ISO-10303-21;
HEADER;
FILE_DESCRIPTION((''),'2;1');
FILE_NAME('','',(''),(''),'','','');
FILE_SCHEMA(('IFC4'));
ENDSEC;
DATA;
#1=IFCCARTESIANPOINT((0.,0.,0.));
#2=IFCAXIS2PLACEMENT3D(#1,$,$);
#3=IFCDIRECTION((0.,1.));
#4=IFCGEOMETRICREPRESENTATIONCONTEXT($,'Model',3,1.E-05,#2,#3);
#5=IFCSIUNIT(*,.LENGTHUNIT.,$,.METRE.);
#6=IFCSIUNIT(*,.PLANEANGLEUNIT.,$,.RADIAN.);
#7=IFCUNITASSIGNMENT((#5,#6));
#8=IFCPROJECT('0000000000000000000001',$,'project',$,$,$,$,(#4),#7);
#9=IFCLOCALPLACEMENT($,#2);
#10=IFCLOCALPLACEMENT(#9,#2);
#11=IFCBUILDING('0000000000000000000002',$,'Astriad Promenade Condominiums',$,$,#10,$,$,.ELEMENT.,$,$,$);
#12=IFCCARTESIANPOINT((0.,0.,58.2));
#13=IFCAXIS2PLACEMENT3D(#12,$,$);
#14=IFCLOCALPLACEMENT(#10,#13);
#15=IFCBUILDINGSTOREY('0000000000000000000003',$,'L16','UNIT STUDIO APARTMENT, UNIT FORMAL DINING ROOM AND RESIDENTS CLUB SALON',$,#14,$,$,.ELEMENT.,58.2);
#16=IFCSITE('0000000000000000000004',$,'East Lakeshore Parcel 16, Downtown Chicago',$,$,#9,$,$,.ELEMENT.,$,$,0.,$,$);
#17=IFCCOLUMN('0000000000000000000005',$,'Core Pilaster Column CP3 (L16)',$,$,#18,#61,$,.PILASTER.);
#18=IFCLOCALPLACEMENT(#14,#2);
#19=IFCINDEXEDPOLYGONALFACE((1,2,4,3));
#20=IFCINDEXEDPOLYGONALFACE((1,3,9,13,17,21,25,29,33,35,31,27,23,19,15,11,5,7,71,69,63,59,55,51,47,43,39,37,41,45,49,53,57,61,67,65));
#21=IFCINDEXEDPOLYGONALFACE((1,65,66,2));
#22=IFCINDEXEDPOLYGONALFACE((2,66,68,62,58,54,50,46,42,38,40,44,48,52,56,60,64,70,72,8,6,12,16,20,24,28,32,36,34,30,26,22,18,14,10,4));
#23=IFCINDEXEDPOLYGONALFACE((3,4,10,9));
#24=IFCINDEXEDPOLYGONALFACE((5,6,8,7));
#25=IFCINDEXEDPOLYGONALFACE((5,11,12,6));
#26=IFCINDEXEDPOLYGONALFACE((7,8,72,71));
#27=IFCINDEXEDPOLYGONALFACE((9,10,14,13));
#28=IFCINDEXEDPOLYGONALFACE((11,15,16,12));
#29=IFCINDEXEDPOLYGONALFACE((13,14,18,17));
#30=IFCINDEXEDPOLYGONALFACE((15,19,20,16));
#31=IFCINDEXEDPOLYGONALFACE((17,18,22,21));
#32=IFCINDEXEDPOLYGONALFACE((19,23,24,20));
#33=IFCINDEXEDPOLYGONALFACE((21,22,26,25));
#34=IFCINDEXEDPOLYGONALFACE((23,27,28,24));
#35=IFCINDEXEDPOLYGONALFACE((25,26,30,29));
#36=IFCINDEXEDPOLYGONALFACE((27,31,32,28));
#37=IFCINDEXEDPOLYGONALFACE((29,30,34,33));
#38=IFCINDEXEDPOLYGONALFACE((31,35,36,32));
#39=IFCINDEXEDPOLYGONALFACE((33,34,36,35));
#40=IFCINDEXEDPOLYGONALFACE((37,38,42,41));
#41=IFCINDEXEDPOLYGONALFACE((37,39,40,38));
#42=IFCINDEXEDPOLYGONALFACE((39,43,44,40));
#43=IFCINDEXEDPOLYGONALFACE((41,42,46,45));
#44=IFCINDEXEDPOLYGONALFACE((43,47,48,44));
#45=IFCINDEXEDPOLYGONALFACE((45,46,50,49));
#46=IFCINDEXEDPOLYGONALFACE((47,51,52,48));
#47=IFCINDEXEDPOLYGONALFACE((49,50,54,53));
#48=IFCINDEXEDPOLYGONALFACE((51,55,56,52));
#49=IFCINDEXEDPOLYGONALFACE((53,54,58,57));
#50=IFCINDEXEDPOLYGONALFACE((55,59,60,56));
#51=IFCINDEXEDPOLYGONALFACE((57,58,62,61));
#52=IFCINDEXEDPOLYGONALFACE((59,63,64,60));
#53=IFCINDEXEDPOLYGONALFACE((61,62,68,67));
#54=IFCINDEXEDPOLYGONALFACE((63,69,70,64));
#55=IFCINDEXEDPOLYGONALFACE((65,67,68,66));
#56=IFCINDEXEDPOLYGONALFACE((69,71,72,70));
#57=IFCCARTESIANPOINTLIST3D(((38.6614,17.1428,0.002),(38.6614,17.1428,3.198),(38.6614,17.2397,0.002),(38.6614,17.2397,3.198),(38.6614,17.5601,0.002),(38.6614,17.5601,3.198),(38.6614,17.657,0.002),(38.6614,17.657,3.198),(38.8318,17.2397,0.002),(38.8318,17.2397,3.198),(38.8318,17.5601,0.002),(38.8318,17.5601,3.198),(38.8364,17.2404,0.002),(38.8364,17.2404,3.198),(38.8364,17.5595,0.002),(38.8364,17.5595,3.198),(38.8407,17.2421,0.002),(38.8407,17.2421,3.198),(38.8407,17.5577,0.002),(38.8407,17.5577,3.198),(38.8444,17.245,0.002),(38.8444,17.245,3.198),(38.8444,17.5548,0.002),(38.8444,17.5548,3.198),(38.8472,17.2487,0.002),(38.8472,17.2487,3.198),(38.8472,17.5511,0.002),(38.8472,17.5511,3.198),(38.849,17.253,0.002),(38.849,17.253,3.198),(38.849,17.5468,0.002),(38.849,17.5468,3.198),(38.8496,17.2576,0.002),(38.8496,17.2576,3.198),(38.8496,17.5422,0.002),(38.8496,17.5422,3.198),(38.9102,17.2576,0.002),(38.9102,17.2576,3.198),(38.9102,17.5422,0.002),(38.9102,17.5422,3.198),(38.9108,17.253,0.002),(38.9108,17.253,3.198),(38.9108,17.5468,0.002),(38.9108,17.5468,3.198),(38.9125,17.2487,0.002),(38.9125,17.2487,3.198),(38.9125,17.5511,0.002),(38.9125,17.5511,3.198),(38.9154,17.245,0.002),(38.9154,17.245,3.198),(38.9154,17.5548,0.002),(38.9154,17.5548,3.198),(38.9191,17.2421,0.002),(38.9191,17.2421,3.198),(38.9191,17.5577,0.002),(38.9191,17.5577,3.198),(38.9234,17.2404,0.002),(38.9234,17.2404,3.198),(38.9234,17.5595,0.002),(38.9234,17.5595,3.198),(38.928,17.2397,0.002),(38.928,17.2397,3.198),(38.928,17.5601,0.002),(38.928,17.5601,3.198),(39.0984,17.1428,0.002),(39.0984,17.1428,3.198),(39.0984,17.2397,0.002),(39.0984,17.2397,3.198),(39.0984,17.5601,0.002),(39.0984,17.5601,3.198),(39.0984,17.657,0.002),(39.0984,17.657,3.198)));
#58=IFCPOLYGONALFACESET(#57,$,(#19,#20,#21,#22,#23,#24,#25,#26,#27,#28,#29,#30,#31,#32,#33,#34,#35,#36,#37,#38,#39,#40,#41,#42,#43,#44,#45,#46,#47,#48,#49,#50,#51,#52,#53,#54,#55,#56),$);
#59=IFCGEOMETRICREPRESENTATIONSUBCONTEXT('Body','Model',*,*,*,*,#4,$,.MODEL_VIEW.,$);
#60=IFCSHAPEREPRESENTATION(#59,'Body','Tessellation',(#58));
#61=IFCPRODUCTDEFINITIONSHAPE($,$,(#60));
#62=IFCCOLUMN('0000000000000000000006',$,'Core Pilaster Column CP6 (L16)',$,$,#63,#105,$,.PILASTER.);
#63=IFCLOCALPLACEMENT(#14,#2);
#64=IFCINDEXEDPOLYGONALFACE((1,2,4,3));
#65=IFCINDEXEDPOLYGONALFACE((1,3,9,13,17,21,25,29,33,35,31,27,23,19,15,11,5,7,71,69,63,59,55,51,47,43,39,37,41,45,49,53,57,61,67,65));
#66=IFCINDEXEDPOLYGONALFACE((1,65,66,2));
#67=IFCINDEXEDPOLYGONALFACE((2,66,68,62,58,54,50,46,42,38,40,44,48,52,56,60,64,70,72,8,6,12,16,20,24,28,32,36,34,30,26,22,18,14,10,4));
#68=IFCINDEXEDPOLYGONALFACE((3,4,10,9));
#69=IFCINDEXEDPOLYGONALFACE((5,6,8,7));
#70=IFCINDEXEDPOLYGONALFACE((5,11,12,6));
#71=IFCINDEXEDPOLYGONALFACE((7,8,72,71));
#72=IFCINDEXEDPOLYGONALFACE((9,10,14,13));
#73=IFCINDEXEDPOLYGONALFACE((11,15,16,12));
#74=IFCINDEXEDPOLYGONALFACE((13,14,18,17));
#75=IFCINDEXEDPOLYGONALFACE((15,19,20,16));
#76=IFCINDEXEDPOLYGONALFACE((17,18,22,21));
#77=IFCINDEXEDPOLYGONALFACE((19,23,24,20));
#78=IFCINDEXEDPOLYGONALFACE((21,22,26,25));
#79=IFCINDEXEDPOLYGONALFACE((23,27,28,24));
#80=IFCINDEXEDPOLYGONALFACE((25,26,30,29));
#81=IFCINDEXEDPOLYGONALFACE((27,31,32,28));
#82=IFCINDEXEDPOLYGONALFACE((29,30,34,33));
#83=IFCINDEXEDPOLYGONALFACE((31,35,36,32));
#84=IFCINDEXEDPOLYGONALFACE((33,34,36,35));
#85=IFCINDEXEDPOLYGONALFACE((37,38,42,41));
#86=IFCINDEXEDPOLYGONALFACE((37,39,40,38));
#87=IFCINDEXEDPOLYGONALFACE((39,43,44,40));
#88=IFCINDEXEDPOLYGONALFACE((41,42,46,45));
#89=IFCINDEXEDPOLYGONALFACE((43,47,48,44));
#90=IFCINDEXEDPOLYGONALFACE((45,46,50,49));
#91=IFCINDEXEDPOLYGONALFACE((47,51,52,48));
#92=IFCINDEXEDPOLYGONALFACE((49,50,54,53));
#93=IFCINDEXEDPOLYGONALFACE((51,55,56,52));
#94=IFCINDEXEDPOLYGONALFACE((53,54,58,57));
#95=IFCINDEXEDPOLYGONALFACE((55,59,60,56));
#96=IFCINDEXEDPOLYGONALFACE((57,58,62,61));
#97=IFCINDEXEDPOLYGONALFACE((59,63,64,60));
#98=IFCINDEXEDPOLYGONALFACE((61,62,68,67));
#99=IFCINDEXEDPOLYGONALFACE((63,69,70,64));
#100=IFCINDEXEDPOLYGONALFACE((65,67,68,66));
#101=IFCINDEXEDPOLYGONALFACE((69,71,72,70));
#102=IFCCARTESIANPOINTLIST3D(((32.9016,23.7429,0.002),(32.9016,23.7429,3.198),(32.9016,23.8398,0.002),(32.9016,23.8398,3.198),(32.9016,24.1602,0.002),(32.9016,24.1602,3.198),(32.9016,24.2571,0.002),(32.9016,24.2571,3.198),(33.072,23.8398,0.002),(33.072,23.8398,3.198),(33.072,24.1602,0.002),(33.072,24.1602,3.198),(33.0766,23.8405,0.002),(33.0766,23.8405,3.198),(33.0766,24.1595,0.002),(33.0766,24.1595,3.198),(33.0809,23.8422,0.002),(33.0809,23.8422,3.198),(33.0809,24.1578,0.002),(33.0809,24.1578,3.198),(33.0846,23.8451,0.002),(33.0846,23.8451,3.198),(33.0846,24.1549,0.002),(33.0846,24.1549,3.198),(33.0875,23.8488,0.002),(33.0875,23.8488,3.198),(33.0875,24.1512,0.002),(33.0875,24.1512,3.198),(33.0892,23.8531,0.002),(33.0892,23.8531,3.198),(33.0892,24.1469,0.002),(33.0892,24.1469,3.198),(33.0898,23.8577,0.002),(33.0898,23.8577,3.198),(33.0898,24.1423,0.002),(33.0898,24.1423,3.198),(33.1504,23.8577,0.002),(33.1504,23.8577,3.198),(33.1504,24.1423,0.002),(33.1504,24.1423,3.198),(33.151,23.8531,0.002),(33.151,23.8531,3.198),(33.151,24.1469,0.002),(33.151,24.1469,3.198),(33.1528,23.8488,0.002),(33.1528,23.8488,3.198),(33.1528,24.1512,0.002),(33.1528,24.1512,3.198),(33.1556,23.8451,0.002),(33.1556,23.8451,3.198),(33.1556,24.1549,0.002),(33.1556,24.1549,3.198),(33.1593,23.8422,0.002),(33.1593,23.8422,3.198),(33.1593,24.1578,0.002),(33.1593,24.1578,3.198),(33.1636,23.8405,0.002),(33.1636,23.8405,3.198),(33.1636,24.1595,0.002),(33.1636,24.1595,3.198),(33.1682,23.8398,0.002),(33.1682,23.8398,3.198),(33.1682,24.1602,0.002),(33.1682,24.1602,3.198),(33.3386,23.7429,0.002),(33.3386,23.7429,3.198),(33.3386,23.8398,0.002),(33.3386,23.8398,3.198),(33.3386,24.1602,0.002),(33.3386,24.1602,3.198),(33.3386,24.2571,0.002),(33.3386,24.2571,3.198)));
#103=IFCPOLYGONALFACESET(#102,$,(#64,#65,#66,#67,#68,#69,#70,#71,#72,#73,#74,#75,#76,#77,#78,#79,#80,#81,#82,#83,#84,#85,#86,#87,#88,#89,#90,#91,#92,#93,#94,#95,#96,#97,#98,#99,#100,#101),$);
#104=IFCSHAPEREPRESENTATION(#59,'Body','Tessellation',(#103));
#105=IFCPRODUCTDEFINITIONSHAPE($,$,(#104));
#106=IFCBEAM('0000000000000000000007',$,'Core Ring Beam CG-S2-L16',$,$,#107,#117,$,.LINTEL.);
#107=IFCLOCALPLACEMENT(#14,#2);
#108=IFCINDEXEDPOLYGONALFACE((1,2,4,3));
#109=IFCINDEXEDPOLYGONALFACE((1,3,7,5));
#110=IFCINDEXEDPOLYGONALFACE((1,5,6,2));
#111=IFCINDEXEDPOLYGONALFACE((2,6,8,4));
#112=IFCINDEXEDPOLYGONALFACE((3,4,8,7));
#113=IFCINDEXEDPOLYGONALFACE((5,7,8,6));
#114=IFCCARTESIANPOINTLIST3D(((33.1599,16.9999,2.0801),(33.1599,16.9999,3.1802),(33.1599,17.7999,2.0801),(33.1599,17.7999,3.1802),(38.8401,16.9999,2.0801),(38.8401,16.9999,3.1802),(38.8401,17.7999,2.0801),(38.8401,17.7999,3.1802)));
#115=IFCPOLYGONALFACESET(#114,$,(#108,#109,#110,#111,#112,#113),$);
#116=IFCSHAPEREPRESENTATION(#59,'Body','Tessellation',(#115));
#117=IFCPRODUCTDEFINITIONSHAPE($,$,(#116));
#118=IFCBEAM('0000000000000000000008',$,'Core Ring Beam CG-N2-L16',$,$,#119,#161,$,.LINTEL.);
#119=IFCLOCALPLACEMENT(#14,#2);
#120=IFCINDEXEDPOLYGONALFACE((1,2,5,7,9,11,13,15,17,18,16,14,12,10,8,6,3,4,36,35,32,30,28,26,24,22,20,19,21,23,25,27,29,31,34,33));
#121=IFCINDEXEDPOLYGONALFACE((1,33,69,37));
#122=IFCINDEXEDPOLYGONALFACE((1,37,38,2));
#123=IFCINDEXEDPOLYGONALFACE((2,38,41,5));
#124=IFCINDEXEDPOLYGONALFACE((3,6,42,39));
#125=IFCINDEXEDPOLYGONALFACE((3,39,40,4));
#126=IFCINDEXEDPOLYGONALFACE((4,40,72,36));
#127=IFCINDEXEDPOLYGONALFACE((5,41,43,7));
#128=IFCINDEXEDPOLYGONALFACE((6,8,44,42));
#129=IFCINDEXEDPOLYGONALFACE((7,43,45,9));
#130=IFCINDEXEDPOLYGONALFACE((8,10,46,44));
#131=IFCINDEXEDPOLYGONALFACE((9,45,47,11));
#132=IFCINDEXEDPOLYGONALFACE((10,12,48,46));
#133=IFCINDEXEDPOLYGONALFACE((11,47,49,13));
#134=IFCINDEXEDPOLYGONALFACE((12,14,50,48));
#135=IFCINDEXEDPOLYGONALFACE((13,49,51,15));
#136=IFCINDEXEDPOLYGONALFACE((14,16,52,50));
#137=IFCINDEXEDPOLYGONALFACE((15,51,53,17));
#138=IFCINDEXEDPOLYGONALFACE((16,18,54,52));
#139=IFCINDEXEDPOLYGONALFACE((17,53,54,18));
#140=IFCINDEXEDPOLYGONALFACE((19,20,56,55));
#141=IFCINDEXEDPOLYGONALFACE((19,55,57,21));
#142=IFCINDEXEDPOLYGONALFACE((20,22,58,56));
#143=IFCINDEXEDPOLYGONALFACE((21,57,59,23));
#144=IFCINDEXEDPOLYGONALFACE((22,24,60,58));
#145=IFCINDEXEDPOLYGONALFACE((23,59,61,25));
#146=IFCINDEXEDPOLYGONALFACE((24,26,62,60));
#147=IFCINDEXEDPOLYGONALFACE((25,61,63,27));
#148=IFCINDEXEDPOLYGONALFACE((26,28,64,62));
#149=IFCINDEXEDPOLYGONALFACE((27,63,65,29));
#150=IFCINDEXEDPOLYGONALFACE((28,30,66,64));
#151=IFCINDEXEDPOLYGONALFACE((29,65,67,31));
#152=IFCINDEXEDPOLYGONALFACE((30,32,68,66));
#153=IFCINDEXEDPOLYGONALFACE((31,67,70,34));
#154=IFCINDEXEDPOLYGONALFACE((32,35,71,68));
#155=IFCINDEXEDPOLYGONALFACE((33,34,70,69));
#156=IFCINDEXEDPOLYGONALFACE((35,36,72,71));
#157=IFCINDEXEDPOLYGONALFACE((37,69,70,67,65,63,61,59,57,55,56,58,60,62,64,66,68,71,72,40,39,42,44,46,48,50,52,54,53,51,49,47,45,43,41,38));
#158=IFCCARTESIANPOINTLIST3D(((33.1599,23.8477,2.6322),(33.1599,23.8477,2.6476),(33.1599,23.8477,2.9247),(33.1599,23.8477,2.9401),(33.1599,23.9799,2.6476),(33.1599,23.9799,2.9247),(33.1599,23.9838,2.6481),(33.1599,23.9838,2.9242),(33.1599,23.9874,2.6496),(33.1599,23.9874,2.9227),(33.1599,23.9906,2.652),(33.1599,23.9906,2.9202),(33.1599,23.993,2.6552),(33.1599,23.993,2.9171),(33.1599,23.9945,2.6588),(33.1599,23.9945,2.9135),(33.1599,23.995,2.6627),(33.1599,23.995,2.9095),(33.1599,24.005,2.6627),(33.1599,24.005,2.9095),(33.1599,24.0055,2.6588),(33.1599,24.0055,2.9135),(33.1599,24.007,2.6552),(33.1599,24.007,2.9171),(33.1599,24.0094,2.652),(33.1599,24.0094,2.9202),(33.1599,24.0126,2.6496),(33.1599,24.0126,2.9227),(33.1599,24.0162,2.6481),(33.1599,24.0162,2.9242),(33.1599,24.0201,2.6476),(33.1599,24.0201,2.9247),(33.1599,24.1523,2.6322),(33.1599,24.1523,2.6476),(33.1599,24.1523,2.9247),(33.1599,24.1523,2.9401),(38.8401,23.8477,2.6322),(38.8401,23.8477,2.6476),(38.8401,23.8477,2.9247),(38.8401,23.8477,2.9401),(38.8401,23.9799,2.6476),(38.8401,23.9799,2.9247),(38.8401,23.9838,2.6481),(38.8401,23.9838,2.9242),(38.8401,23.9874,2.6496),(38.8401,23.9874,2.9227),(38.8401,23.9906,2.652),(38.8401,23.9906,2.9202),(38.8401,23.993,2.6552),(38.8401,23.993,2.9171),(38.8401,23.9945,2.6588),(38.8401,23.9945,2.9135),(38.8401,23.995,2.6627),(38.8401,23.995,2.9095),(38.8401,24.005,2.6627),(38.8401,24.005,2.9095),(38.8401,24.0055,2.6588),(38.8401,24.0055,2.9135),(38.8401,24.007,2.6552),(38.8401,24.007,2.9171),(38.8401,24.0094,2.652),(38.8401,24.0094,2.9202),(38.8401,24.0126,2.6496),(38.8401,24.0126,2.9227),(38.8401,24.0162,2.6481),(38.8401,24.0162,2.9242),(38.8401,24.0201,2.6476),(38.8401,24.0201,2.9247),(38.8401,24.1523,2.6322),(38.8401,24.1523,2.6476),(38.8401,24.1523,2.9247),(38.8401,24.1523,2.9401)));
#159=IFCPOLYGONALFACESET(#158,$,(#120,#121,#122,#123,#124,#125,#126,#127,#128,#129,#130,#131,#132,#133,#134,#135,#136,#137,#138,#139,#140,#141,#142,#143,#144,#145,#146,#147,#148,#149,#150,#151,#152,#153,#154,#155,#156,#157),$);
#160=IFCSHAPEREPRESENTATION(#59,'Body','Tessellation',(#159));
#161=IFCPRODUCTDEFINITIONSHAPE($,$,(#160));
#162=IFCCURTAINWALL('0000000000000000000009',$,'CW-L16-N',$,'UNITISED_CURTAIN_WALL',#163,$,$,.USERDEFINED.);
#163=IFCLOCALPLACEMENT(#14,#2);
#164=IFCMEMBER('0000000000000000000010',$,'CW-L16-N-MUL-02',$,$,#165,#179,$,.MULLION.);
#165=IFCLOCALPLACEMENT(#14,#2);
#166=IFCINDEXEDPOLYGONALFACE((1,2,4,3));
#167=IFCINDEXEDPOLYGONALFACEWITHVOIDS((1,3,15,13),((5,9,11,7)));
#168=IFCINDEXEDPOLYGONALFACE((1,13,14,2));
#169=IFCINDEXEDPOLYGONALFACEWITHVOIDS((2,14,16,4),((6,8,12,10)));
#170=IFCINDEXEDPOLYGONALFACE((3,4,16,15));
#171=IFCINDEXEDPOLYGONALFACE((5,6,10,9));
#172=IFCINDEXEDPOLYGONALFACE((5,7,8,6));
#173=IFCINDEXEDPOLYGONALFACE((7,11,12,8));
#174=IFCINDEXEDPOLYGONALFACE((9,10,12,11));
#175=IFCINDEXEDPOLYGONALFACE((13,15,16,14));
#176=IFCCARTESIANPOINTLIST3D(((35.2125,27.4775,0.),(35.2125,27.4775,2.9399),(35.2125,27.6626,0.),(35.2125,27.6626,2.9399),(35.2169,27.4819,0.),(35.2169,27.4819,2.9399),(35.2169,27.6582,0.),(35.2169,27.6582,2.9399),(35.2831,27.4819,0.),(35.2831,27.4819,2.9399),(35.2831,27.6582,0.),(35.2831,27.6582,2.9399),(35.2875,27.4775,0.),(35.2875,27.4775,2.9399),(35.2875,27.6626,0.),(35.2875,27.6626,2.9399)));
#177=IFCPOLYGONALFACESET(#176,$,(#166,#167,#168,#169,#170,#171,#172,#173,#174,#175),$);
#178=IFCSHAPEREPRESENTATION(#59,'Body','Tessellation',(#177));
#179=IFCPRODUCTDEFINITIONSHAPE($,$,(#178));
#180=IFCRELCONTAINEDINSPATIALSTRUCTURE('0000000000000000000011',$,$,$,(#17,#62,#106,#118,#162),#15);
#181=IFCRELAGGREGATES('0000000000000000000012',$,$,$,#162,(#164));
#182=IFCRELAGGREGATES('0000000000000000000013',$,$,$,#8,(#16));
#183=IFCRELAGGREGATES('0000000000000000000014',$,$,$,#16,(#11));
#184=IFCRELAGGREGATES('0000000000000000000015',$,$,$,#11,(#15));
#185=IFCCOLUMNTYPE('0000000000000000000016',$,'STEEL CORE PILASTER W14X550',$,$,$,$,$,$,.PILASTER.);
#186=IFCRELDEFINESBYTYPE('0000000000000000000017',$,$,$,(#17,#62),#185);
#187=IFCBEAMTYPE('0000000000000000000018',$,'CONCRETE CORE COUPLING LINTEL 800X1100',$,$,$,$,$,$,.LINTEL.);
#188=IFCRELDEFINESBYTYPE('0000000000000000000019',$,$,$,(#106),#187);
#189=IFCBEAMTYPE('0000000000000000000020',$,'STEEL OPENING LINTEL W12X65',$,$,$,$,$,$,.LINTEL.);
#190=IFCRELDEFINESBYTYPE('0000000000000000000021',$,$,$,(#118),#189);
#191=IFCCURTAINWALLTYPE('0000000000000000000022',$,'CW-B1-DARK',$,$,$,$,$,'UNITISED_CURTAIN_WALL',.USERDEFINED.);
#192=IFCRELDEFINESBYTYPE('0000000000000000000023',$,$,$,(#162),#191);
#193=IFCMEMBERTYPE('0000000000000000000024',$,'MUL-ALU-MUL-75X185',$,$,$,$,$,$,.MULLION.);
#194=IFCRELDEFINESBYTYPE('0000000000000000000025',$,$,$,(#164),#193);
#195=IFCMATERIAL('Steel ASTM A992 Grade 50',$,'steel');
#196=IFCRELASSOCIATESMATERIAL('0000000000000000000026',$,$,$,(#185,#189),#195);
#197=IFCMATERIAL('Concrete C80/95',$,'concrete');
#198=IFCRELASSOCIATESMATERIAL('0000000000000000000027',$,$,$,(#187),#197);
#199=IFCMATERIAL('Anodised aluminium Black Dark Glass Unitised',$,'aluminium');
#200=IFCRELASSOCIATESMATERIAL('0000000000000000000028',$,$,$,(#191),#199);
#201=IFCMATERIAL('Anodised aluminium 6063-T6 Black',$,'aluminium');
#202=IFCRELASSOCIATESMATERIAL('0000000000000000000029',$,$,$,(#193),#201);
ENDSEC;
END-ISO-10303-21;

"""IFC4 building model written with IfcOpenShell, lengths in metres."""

from ifc_helpers import new_model, si_unit, direction, frame, origin, origin_2d, place, context, subcontext, project, spatial, rectangle, hollow_rectangle, i_section, extrude, source, transform, mapped, material, material_profile, profile_set, type_object, type_shapes, element, aggregate, save


model = new_model("IFC4")

# Units and contexts
model_context = context("Model", 3, precision=1e-05, world=origin(), true_north=direction((0.0, 1.0)))
body_context = subcontext(model_context, "Body", "Model", "MODEL_VIEW")
ifc_project = project(units=[si_unit("LENGTHUNIT", "METRE"), si_unit("PLANEANGLEUNIT", "RADIAN")], contexts=[model_context])

# Site, building, storey
site_placement = place(None, origin())
site = spatial("IfcSite", under=ifc_project, at=site_placement, Name="East Lakeshore Parcel 16, Downtown Chicago", CompositionType="ELEMENT", RefElevation=0.0)
building_placement = place(site_placement, origin())
building = spatial("IfcBuilding", under=site, at=building_placement, Name="Astriad Promenade Condominiums", CompositionType="ELEMENT")
storey_placement = place(building_placement, frame((0.0, 0.0, 58.2)))
storey = spatial("IfcBuildingStorey", under=building, at=storey_placement, Name="L16", Description="UNIT STUDIO APARTMENT, UNIT FORMAL DINING ROOM AND RESIDENTS CLUB SALON", CompositionType="ELEMENT", Elevation=58.2)

# Columns
ifc_material_1 = material(Name="Steel ASTM A992 Grade 50", Category="steel")
ifc_material_profile_1 = material_profile(ifc_material_1, i_section(OverallWidth=0.437, OverallDepth=0.5142, WebThickness=0.0605, FlangeThickness=0.0969, FilletRadius=0.0178, at=origin_2d()), Name="W14X550")
ifc_profile_set_1 = profile_set([ifc_material_profile_1], Name="Steel ASTM A992 Grade 50")
column_type = type_object("IfcColumnType", Name="STEEL CORE PILASTER W14X550", PredefinedType="PILASTER", material=ifc_profile_set_1)
shared_shape_1 = source(origin(), body_context, "Body", "SweptSolid", [
    extrude(i_section(OverallWidth=0.437, OverallDepth=0.5142, WebThickness=0.0605, FlangeThickness=0.0969, FilletRadius=0.0178, at=origin_2d()), origin(), (0.0, 0.0, 1.0), 3.196),
])
type_shapes(column_type, [shared_shape_1])
for number, where, z_axis, x_axis, name in (
    (1, (38.8799, 17.3999, 0.002), (0.0, 0.0, 1.0), (1.0, 0.0, 0.0), "Core Pilaster Column CP3 (L16)"),
    (2, (33.1201, 24.0, 0.002), (0.0, 0.0, 1.0), (1.0, 0.0, 0.0), "Core Pilaster Column CP6 (L16)"),
):
    element("IfcColumn", number, at=place(storey_placement, frame(where, z_axis=z_axis, x_axis=x_axis)), inside=storey, type_object=column_type, Name=name, PredefinedType="PILASTER", context=body_context, shape_type="MappedRepresentation", body=[
        mapped(shared_shape_1, transform((0.0, 0.0, 0.0), scale=1.0)),
    ])

# Beams
ifc_material_2 = material(Name="Concrete C80/95", Category="concrete")
ifc_material_profile_2 = material_profile(ifc_material_2, rectangle(XDim=0.8, YDim=1.1001, at=origin_2d()), Name="RC-BM-800X1100")
ifc_profile_set_2 = profile_set([ifc_material_profile_2], Name="Concrete C80/95")
beam_type_1 = type_object("IfcBeamType", Name="CONCRETE CORE COUPLING LINTEL 800X1100", PredefinedType="LINTEL", material=ifc_profile_set_2)
shared_shape_2 = source(origin(), body_context, "Body", "SweptSolid", [
    extrude(rectangle(XDim=0.8, YDim=1.1001, at=origin_2d()), origin(), (0.0, 0.0, 1.0), 5.6802),
])
type_shapes(beam_type_1, [shared_shape_2])
beam_1_placement = place(storey_placement, frame((33.1599, 17.3999, 2.6301), z_axis=(1.0, 0.0, 0.0), x_axis=(0.0, 1.0, 0.0)))
element("IfcBeam", 3, at=beam_1_placement, inside=storey, type_object=beam_type_1, Name="Core Ring Beam CG-S2-L16", PredefinedType="LINTEL", context=body_context, shape_type="MappedRepresentation", body=[
    mapped(shared_shape_2, transform((0.0, 0.0, 0.0), scale=1.0)),
])
ifc_material_profile_3 = material_profile(ifc_material_1, i_section(OverallWidth=0.3047, OverallDepth=0.3079, WebThickness=0.01, FlangeThickness=0.0154, FilletRadius=0.0151, at=origin_2d()), Name="W12X65")
ifc_profile_set_3 = profile_set([ifc_material_profile_3], Name="Steel ASTM A992 Grade 50")
beam_type_2 = type_object("IfcBeamType", Name="STEEL OPENING LINTEL W12X65", PredefinedType="LINTEL", material=ifc_profile_set_3)
shared_shape_3 = source(origin(), body_context, "Body", "SweptSolid", [
    extrude(i_section(OverallWidth=0.3047, OverallDepth=0.3079, WebThickness=0.01, FlangeThickness=0.0154, FilletRadius=0.0151, at=origin_2d()), origin(), (0.0, 0.0, 1.0), 5.6802),
])
type_shapes(beam_type_2, [shared_shape_3])
beam_2_placement = place(storey_placement, frame((33.1599, 24.0, 2.7861), z_axis=(1.0, 0.0, 0.0), x_axis=(0.0, 1.0, 0.0)))
element("IfcBeam", 4, at=beam_2_placement, inside=storey, type_object=beam_type_2, Name="Core Ring Beam CG-N2-L16", PredefinedType="LINTEL", context=body_context, shape_type="MappedRepresentation", body=[
    mapped(shared_shape_3, transform((0.0, 0.0, 0.0), scale=1.0)),
])

# Curtain wall, member
ifc_material_3 = material(Name="Anodised aluminium Black Dark Glass Unitised", Category="aluminium")
curtain_wall_type = type_object("IfcCurtainWallType", Name="CW-B1-DARK", ElementType="UNITISED_CURTAIN_WALL", PredefinedType="USERDEFINED", material=ifc_material_3)
curtain_wall_placement = place(storey_placement, origin())
curtain_wall = element("IfcCurtainWall", 5, at=curtain_wall_placement, inside=storey, type_object=curtain_wall_type, Name="CW-L16-N", ObjectType="UNITISED_CURTAIN_WALL", PredefinedType="USERDEFINED")
ifc_material_4 = material(Name="Anodised aluminium 6063-T6 Black", Category="aluminium")
ifc_material_profile_4 = material_profile(ifc_material_4, hollow_rectangle(XDim=0.075, YDim=0.1851, WallThickness=0.0044, at=origin_2d()), Name="ALU-MUL-75X185")
ifc_profile_set_4 = profile_set([ifc_material_profile_4], Name="Anodised aluminium 6063-T6 Black")
member_type_1 = type_object("IfcMemberType", Name="MUL-ALU-MUL-75X185", PredefinedType="MULLION", material=ifc_profile_set_4)
shared_shape_4 = source(origin(), body_context, "Body", "SweptSolid", [
    extrude(hollow_rectangle(XDim=0.075, YDim=0.1851, WallThickness=0.0044, at=origin_2d()), origin(), (0.0, 0.0, 1.0), 2.9399),
])
type_shapes(member_type_1, [shared_shape_4])
member_1_placement = place(storey_placement, frame((35.25, 27.5701, 0.0), z_axis=(0.0, 0.0, 1.0), x_axis=(1.0, 0.0, 0.0)))
member_1 = element("IfcMember", 6, at=member_1_placement, type_object=member_type_1, Name="CW-L16-N-MUL-02", PredefinedType="MULLION", context=body_context, shape_type="MappedRepresentation", body=[
    mapped(shared_shape_4, transform((0.0, 0.0, 0.0), scale=1.0)),
])
aggregate(curtain_wall, [member_1])

save(model, "model.ifc")
